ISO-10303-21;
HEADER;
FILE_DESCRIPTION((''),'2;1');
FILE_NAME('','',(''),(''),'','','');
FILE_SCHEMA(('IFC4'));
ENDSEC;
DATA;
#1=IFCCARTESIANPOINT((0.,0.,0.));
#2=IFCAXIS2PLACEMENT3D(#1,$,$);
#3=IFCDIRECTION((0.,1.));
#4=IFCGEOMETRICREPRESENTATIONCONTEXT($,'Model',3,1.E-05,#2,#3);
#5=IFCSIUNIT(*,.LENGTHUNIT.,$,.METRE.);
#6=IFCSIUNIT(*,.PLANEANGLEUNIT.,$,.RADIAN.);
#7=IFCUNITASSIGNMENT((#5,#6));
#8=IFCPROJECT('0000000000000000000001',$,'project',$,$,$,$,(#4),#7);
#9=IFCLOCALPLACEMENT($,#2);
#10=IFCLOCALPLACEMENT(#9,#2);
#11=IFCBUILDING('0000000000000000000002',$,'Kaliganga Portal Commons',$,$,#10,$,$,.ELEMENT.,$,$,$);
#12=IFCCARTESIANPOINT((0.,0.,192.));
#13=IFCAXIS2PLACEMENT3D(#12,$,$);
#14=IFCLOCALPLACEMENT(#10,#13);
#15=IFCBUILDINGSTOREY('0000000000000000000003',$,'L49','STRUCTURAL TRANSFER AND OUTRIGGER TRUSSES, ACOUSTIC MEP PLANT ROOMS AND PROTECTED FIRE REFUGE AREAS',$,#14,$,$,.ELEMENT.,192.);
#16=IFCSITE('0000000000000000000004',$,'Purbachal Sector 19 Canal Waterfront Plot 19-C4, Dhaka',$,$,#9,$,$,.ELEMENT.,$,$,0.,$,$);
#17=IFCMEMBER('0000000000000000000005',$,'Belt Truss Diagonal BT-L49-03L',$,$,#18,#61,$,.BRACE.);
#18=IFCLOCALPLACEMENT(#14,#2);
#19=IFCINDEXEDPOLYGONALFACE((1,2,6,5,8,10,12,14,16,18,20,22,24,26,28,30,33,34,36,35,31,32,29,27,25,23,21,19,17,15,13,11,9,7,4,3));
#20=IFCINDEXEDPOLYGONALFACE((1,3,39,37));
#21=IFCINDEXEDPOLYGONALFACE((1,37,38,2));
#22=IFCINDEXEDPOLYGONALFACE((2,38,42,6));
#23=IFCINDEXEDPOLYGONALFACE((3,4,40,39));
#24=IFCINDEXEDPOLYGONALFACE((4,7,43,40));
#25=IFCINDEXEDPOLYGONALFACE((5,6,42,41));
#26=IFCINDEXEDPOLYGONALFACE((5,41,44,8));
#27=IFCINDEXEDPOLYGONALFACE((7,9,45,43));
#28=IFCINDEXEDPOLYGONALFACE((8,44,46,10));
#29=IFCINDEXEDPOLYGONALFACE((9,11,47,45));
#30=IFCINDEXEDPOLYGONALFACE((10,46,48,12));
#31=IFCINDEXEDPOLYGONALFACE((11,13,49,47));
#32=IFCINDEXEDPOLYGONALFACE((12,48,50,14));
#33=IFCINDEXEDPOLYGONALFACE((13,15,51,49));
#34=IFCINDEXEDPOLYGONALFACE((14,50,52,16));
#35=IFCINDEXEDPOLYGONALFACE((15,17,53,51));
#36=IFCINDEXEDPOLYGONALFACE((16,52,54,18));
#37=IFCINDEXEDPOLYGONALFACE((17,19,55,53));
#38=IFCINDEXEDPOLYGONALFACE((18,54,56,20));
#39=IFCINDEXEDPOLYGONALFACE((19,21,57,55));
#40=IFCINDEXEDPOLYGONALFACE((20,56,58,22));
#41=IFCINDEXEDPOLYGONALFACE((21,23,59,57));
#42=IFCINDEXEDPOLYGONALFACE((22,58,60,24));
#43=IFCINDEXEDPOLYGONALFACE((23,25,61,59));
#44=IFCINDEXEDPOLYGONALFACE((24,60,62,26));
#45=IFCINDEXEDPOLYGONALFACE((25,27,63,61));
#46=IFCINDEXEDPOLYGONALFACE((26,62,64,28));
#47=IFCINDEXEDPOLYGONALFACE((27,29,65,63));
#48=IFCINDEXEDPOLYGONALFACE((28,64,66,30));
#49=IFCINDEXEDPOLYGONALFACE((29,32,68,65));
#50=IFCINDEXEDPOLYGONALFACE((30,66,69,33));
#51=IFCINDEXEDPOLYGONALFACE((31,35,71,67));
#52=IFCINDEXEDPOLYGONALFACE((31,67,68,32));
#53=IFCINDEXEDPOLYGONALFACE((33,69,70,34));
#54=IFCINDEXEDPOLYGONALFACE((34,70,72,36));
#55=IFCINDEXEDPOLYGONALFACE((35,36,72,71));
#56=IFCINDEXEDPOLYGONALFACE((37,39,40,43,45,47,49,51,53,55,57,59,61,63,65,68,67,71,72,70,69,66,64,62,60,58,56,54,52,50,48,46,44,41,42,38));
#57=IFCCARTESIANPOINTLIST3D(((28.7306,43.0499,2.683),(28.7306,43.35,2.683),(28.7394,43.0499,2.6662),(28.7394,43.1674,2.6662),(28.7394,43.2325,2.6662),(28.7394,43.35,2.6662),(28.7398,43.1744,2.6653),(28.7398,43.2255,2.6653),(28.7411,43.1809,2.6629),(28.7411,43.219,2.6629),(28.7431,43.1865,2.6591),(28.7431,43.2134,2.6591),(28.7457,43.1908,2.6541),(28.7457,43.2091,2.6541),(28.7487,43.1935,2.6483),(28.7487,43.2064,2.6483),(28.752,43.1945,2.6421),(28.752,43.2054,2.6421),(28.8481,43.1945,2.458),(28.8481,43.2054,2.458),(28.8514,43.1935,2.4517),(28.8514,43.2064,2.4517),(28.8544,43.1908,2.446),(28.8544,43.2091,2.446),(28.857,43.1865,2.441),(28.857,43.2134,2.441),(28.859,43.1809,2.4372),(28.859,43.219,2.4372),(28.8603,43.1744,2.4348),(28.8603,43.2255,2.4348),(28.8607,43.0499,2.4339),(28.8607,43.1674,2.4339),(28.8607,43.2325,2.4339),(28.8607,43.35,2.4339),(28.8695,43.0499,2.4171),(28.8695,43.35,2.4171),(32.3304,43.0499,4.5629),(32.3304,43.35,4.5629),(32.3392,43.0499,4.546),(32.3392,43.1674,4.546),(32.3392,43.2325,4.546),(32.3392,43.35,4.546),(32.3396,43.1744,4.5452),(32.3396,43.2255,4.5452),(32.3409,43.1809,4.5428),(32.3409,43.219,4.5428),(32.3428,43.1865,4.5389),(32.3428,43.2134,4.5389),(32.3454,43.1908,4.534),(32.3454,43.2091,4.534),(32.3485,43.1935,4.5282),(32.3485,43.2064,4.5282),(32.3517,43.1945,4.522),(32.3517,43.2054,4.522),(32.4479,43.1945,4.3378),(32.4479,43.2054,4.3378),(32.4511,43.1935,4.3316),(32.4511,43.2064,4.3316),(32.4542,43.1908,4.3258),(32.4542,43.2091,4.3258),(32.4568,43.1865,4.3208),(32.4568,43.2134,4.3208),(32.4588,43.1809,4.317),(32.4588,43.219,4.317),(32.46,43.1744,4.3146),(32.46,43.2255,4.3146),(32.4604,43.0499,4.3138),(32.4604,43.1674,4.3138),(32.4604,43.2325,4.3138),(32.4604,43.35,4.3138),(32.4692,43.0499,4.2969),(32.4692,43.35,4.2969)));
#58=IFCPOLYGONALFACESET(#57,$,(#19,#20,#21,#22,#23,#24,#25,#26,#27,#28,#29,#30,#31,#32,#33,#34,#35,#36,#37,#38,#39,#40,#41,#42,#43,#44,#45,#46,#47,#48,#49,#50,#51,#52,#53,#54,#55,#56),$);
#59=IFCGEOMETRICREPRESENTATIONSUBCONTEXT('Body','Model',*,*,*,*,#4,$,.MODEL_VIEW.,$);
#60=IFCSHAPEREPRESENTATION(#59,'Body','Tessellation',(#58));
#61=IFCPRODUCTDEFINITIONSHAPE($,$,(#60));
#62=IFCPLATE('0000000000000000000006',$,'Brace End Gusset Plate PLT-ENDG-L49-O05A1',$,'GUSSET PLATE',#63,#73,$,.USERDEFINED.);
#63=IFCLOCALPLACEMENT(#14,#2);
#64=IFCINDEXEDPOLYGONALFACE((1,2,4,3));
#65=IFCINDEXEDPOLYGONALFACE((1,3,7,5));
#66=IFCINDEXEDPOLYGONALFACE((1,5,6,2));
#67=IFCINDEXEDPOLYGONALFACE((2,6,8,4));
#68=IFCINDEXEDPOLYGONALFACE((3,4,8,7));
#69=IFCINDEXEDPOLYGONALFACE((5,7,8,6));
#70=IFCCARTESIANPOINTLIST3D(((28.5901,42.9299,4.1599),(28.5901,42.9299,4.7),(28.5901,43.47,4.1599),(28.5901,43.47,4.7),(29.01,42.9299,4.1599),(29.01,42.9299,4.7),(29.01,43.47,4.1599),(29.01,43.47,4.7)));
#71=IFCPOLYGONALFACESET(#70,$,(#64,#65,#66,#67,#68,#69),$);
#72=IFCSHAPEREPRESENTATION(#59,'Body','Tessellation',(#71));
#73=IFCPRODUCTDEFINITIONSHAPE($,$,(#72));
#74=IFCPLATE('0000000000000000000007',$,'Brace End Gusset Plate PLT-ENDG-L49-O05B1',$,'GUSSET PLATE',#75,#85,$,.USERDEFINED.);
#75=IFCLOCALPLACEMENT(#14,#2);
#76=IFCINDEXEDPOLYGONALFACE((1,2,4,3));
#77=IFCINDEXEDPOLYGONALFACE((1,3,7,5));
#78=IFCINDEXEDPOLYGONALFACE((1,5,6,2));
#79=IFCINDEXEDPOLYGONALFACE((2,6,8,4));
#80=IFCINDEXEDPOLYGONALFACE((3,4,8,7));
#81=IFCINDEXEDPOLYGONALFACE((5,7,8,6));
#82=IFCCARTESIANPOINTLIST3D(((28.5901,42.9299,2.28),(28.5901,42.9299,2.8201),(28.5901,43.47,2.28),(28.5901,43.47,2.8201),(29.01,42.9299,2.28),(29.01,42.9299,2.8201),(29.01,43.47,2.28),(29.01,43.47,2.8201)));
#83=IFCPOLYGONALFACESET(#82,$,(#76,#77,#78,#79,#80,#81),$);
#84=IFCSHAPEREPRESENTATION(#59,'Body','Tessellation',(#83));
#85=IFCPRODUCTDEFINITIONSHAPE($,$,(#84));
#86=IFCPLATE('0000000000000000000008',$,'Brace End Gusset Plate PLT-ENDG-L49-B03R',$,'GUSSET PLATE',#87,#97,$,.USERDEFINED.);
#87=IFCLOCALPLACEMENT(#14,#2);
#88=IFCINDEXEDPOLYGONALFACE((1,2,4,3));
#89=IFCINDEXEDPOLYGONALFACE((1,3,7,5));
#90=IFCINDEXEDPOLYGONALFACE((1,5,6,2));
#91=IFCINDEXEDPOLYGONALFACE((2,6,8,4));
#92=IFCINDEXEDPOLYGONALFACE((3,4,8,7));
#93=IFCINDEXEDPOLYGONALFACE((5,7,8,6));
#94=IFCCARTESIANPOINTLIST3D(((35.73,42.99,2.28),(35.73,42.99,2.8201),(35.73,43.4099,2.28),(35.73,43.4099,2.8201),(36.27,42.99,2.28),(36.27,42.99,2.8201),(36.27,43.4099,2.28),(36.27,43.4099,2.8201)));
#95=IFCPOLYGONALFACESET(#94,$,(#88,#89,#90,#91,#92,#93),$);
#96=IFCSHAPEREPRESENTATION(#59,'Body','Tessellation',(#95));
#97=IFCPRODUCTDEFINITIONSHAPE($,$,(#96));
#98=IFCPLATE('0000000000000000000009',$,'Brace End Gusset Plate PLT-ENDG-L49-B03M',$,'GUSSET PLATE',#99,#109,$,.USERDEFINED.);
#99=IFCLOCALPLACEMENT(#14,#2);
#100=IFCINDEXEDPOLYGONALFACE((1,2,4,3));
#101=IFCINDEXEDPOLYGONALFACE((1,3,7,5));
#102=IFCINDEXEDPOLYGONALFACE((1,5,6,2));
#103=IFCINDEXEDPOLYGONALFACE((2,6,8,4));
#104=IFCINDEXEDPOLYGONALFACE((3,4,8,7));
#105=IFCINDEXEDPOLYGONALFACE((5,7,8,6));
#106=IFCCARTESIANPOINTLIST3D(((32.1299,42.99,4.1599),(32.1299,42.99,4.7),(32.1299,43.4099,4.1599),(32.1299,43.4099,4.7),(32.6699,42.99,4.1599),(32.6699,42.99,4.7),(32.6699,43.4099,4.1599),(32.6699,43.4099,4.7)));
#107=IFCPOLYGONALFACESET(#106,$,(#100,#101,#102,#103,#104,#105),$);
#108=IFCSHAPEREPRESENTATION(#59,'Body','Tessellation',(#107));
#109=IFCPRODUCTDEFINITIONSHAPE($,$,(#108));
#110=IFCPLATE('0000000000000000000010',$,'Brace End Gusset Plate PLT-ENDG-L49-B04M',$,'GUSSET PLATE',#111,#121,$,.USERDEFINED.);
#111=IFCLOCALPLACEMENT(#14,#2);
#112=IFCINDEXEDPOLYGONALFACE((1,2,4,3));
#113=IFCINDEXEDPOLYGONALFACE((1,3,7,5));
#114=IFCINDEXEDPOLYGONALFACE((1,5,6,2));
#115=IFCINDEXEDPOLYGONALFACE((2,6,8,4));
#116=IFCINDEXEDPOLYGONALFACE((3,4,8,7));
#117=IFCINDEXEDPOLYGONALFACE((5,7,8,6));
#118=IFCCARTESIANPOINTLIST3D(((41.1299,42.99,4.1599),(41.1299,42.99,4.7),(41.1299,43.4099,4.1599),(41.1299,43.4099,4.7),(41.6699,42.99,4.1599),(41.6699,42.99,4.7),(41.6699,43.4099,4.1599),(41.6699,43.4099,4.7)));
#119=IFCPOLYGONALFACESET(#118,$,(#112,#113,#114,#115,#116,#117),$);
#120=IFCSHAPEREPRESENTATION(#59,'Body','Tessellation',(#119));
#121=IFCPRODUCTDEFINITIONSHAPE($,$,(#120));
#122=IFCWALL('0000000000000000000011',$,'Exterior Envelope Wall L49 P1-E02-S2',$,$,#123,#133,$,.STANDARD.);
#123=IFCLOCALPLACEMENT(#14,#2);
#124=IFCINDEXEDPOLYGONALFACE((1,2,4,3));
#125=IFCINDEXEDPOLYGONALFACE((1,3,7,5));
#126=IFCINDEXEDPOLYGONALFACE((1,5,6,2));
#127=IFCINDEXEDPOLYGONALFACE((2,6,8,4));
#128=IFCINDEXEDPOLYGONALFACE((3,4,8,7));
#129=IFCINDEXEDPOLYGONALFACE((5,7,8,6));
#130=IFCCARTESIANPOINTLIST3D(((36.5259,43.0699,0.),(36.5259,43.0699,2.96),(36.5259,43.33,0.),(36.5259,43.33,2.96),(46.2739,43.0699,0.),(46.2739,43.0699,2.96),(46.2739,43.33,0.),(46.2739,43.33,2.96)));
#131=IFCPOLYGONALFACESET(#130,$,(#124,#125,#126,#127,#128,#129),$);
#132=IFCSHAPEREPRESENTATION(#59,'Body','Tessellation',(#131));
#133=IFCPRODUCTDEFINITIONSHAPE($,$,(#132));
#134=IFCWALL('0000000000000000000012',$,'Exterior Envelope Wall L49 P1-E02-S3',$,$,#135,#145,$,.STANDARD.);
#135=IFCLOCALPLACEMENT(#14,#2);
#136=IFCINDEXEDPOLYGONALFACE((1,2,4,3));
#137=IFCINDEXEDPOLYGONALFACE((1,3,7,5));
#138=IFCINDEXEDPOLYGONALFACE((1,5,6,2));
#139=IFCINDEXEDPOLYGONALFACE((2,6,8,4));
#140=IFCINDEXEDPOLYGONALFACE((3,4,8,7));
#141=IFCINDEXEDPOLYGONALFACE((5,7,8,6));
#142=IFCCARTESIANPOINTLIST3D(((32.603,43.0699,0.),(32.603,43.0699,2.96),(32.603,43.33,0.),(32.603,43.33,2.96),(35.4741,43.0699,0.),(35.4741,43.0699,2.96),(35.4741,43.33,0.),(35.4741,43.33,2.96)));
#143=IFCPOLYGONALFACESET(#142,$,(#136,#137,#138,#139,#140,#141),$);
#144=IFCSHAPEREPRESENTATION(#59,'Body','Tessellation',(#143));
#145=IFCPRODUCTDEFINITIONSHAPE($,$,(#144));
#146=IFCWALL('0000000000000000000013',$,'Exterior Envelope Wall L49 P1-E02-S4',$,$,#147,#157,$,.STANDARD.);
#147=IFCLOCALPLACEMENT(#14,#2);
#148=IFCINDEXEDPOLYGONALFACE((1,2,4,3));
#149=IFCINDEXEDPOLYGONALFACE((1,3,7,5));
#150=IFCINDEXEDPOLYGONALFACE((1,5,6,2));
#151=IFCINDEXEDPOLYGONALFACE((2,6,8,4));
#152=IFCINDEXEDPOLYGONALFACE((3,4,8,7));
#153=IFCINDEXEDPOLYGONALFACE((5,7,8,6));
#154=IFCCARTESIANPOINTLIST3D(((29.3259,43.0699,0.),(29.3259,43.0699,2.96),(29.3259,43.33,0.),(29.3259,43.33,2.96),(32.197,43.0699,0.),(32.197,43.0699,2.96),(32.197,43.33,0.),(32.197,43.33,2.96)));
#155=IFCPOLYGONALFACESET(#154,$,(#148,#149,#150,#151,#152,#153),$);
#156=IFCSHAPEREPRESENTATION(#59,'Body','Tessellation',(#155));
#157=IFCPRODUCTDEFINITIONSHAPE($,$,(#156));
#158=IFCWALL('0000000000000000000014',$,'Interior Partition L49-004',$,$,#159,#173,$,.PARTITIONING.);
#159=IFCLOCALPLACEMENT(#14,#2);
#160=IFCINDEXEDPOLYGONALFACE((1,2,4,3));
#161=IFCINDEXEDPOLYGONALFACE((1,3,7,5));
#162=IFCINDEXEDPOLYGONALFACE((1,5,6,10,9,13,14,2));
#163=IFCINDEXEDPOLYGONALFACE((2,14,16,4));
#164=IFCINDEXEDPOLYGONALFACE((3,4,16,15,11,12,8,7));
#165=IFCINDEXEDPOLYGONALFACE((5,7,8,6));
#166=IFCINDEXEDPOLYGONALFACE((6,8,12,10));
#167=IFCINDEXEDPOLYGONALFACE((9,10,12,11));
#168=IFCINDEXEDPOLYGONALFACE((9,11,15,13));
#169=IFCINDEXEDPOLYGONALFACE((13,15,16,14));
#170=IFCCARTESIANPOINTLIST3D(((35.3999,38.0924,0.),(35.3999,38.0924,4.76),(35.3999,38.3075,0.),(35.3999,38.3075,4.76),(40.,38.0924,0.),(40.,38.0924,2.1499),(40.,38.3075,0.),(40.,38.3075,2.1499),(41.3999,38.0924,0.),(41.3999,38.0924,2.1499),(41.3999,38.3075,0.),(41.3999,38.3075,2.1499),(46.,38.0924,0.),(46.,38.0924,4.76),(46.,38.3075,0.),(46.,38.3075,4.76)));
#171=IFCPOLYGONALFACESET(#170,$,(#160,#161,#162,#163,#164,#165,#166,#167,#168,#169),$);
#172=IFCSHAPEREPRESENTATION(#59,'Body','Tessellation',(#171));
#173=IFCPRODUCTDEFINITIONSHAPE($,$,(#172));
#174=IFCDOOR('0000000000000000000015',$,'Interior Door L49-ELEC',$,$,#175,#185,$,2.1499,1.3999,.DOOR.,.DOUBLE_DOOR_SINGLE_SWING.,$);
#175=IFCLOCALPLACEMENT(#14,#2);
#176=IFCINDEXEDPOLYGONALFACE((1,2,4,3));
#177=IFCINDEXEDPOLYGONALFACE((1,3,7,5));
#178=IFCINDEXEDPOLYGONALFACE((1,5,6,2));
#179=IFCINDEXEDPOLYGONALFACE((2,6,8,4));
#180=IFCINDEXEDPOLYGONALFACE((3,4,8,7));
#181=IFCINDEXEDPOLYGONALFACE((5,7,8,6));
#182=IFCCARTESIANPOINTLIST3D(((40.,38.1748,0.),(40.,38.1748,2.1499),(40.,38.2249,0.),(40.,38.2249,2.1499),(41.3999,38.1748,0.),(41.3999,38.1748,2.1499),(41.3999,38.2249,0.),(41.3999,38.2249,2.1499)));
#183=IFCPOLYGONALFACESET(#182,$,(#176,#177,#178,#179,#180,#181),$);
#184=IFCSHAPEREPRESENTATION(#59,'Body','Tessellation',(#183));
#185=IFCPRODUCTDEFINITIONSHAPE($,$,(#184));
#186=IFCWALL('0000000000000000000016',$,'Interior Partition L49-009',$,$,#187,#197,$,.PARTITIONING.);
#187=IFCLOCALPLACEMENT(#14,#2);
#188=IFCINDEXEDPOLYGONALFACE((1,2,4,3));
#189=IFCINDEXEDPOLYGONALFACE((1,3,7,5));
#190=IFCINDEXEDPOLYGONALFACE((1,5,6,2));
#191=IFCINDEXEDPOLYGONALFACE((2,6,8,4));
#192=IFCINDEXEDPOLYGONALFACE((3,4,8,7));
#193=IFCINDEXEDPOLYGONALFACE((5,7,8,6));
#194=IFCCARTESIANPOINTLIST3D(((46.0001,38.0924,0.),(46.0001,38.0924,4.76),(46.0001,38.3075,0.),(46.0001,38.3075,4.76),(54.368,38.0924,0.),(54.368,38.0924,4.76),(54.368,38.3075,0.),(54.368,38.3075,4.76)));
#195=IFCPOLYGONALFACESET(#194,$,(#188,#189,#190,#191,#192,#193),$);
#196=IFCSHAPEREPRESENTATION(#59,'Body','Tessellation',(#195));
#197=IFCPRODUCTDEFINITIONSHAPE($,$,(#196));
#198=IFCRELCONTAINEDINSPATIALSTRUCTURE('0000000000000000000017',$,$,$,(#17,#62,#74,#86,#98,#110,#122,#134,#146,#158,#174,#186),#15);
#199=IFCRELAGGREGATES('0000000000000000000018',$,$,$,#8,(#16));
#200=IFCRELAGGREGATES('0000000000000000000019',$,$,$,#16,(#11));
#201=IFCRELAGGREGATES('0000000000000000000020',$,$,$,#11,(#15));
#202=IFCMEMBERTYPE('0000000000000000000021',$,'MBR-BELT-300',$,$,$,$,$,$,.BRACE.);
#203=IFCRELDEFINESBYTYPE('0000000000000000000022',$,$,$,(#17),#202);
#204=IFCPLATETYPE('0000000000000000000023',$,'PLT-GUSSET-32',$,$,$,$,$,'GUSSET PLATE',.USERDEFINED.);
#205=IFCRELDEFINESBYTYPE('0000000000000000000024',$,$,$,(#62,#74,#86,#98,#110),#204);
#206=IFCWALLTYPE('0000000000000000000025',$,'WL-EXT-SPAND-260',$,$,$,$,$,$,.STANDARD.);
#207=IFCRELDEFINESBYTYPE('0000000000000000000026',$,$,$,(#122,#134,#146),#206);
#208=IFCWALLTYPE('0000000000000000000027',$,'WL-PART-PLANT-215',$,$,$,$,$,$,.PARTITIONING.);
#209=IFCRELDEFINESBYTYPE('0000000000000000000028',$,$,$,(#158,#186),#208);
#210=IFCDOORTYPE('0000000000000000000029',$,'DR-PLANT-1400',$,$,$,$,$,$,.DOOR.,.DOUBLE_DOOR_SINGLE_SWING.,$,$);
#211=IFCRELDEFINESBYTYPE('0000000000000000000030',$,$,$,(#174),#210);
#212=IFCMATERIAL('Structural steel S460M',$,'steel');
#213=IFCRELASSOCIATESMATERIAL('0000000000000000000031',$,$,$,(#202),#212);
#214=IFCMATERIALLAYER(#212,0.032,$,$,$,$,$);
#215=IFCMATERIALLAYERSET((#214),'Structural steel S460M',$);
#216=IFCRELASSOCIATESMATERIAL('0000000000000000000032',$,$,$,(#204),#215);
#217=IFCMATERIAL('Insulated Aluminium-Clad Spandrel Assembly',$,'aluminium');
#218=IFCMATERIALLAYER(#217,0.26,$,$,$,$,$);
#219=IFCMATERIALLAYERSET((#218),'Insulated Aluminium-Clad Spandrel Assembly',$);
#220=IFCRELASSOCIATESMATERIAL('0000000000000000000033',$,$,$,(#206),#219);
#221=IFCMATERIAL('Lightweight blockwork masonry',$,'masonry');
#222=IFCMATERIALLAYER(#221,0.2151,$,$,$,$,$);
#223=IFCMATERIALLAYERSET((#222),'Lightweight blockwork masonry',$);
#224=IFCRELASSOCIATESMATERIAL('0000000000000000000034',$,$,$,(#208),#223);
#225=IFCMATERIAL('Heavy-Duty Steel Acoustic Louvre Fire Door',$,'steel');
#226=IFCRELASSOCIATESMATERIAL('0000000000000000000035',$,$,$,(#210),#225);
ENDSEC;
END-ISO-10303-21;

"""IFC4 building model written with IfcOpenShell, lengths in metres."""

from ifc_helpers import new_model, si_unit, direction, frame, frame_2d, origin, origin_2d, place, context, subcontext, project, spatial, rectangle, i_section, extrude, source, transform, mapped, material, layer, layer_set, material_profile, profile_set, type_object, element, fill, save


model = new_model("IFC4")

# Units and contexts
model_context = context("Model", 3, precision=1e-05, world=origin(), true_north=direction((0.0, 1.0)))
body_context = subcontext(model_context, "Body", "Model", "MODEL_VIEW")
ifc_project = project(units=[si_unit("LENGTHUNIT", "METRE"), si_unit("PLANEANGLEUNIT", "RADIAN")], contexts=[model_context])

# Site, building, storey
site_placement = place(None, origin())
site = spatial("IfcSite", under=ifc_project, at=site_placement, Name="Purbachal Sector 19 Canal Waterfront Plot 19-C4, Dhaka", CompositionType="ELEMENT", RefElevation=0.0)
building_placement = place(site_placement, origin())
building = spatial("IfcBuilding", under=site, at=building_placement, Name="Kaliganga Portal Commons", CompositionType="ELEMENT")
storey_placement = place(building_placement, frame((0.0, 0.0, 192.0)))
storey = spatial("IfcBuildingStorey", under=building, at=storey_placement, Name="L49", Description="STRUCTURAL TRANSFER AND OUTRIGGER TRUSSES, ACOUSTIC MEP PLANT ROOMS AND PROTECTED FIRE REFUGE AREAS", CompositionType="ELEMENT", Elevation=192.0)

# Shared definitions
ifc_material_1 = material(Name="Structural steel S460M", Category="steel")

# Member
ifc_material_profile_1 = material_profile(ifc_material_1, i_section(OverallWidth=0.3, OverallDepth=0.3, WebThickness=0.011, FlangeThickness=0.019, FilletRadius=0.0271, at=origin_2d()), Name="HE 300 B")
ifc_profile_set_1 = profile_set([ifc_material_profile_1], Name="Structural steel S460M wide-flange")
member_type_1 = type_object("IfcMemberType", Name="MBR-BELT-300", PredefinedType="BRACE", material=ifc_profile_set_1)
shared_shape_1 = source(origin(), body_context, "Body", "SweptSolid", [
    extrude(i_section(OverallWidth=0.3, OverallDepth=0.3, WebThickness=0.011, FlangeThickness=0.019, FilletRadius=0.0271, at=origin_2d()), origin(), (0.0, 0.0, 1.0), 4.061),
])
member_1_placement = place(storey_placement, frame((28.8, 43.2, 2.55), z_axis=(0.886413, 0.0, 0.462895), x_axis=(0.0, 1.0, 0.0)))
element("IfcMember", 1, at=member_1_placement, inside=storey, type_object=member_type_1, Name="Belt Truss Diagonal BT-L49-03L", PredefinedType="BRACE", context=body_context, shape_type="MappedRepresentation", body=[
    mapped(shared_shape_1, transform((0.0, 0.0, 0.0), x_axis=(1.0, 0.0, 0.0), y_axis=(0.0, 1.0, 0.0), z_axis=(0.0, 0.0, 1.0), scale=1.0)),
])

# Plates
ifc_layer_1 = layer(ifc_material_1, 0.032)
ifc_layer_set_1 = layer_set([ifc_layer_1], Name="Structural steel S460M")
plate_type = type_object("IfcPlateType", Name="PLT-GUSSET-32", ElementType="GUSSET PLATE", PredefinedType="USERDEFINED", material=ifc_layer_set_1)
shared_shape_2 = source(origin(), body_context, "Body", "SweptSolid", [
    extrude(rectangle(XDim=0.54, YDim=0.4199, at=origin_2d()), origin(), (0.0, 0.0, 1.0), 0.54),
])
for number, where, z_axis, x_axis, name in (
    (2, (28.8, 43.2, 4.1599), (0.0, 0.0, 1.0), (0.0, 1.0, 0.0), "Brace End Gusset Plate PLT-ENDG-L49-O05A1"),
    (3, (28.8, 43.2, 2.28), (0.0, 0.0, 1.0), (0.0, 1.0, 0.0), "Brace End Gusset Plate PLT-ENDG-L49-O05B1"),
    (4, (36.0, 43.2, 2.28), (0.0, 0.0, 1.0), (1.0, 0.0, 0.0), "Brace End Gusset Plate PLT-ENDG-L49-B03R"),
    (5, (32.3999, 43.2, 4.1599), (0.0, 0.0, 1.0), (1.0, 0.0, 0.0), "Brace End Gusset Plate PLT-ENDG-L49-B03M"),
    (6, (41.3999, 43.2, 4.1599), (0.0, 0.0, 1.0), (1.0, 0.0, 0.0), "Brace End Gusset Plate PLT-ENDG-L49-B04M"),
):
    element("IfcPlate", number, at=place(storey_placement, frame(where, z_axis=z_axis, x_axis=x_axis)), inside=storey, type_object=plate_type, Name=name, ObjectType="GUSSET PLATE", PredefinedType="USERDEFINED", context=body_context, shape_type="MappedRepresentation", body=[
        mapped(shared_shape_2, transform((0.0, 0.0, 0.0), x_axis=(1.0, 0.0, 0.0), y_axis=(0.0, 1.0, 0.0), z_axis=(0.0, 0.0, 1.0), scale=1.0)),
    ])

# Walls
ifc_material_2 = material(Name="Insulated Aluminium-Clad Spandrel Assembly", Category="aluminium")
ifc_layer_2 = layer(ifc_material_2, 0.26)
ifc_layer_set_2 = layer_set([ifc_layer_2], Name="Insulated Aluminium-Clad Spandrel Assembly")
wall_type_1 = type_object("IfcWallType", Name="WL-EXT-SPAND-260", PredefinedType="STANDARD", material=ifc_layer_set_2)
wall_1_placement = place(storey_placement, frame((36.5259, 43.2, 0.0), z_axis=(0.0, 0.0, 1.0), x_axis=(1.0, 0.0, 0.0)))
element("IfcWall", 7, at=wall_1_placement, inside=storey, type_object=wall_type_1, Name="Exterior Envelope Wall L49 P1-E02-S2", PredefinedType="STANDARD", context=body_context, shape_type="SweptSolid", body=[
    extrude(rectangle(XDim=9.748, YDim=0.26, at=frame_2d((4.874, 0.0))), origin(), (0.0, 0.0, 1.0), 2.96),
])
for number, where, z_axis, x_axis, name in (
    (8, (32.603, 43.2, 0.0), (0.0, 0.0, 1.0), (1.0, 0.0, 0.0), "Exterior Envelope Wall L49 P1-E02-S3"),
    (9, (29.3259, 43.2, 0.0), (0.0, 0.0, 1.0), (1.0, 0.0, 0.0), "Exterior Envelope Wall L49 P1-E02-S4"),
):
    element("IfcWall", number, at=place(storey_placement, frame(where, z_axis=z_axis, x_axis=x_axis)), inside=storey, type_object=wall_type_1, Name=name, PredefinedType="STANDARD", context=body_context, shape_type="SweptSolid", body=[
        extrude(rectangle(XDim=2.8711, YDim=0.26, at=frame_2d((1.4355, 0.0))), origin(), (0.0, 0.0, 1.0), 2.96),
    ])

# Wall, opening, door
ifc_material_3 = material(Name="Lightweight blockwork masonry", Category="masonry")
ifc_layer_3 = layer(ifc_material_3, 0.2151)
ifc_layer_set_3 = layer_set([ifc_layer_3], Name="Lightweight blockwork masonry")
wall_type_2 = type_object("IfcWallType", Name="WL-PART-PLANT-215", PredefinedType="PARTITIONING", material=ifc_layer_set_3)
wall_2_placement = place(storey_placement, frame((35.3999, 38.2, 0.0), z_axis=(0.0, 0.0, 1.0), x_axis=(1.0, 0.0, 0.0)))
wall_2 = element("IfcWall", 10, at=wall_2_placement, inside=storey, type_object=wall_type_2, Name="Interior Partition L49-004", PredefinedType="PARTITIONING", context=body_context, shape_type="SweptSolid", body=[
    extrude(rectangle(XDim=10.6001, YDim=0.2151, at=frame_2d((5.3, 0.0))), origin(), (0.0, 0.0, 1.0), 4.76),
])
opening_placement = place(wall_2_placement, frame((4.6001, 0.0, 0.0)))
opening = element("IfcOpeningElement", 11, at=opening_placement, cuts=wall_2, PredefinedType="OPENING", context=body_context, shape_type="SweptSolid", body=[
    extrude(rectangle(XDim=1.3999, YDim=2.1499, at=frame_2d((0.7, 1.075))), frame((0.0, 0.1177, 0.0), z_axis=(0.0, -1.0, 0.0), x_axis=(1.0, 0.0, 0.0)), (0.0, 0.0, 1.0), 0.2351),
])
ifc_material_4 = material(Name="Heavy-Duty Steel Acoustic Louvre Fire Door", Category="steel")
door_type = type_object("IfcDoorType", Name="DR-PLANT-1400", OperationType="DOUBLE_DOOR_SINGLE_SWING", PredefinedType="DOOR", material=ifc_material_4)
door_placement = place(opening_placement, origin())
door = element("IfcDoor", 12, at=door_placement, inside=storey, type_object=door_type, Name="Interior Door L49-ELEC", OperationType="DOUBLE_DOOR_SINGLE_SWING", OverallHeight=2.1499, OverallWidth=1.3999, PredefinedType="DOOR", context=body_context, shape_type="SweptSolid", body=[
    extrude(rectangle(XDim=1.3999, YDim=2.1499, at=frame_2d((0.7, 1.075))), frame((0.0, 0.0249, 0.0), z_axis=(0.0, -1.0, 0.0), x_axis=(1.0, 0.0, 0.0)), (0.0, 0.0, 1.0), 0.05),
])
fill(opening, door)

# Wall
wall_3_placement = place(storey_placement, frame((46.0, 38.2, 0.0), z_axis=(0.0, 0.0, 1.0), x_axis=(1.0, 0.0, 0.0)))
element("IfcWall", 13, at=wall_3_placement, inside=storey, type_object=wall_type_2, Name="Interior Partition L49-009", PredefinedType="PARTITIONING", context=body_context, shape_type="SweptSolid", body=[
    extrude(rectangle(XDim=8.3679, YDim=0.2151, at=frame_2d((4.1841, 0.0))), origin(), (0.0, 0.0, 1.0), 4.76),
])

save(model, "model.ifc")
